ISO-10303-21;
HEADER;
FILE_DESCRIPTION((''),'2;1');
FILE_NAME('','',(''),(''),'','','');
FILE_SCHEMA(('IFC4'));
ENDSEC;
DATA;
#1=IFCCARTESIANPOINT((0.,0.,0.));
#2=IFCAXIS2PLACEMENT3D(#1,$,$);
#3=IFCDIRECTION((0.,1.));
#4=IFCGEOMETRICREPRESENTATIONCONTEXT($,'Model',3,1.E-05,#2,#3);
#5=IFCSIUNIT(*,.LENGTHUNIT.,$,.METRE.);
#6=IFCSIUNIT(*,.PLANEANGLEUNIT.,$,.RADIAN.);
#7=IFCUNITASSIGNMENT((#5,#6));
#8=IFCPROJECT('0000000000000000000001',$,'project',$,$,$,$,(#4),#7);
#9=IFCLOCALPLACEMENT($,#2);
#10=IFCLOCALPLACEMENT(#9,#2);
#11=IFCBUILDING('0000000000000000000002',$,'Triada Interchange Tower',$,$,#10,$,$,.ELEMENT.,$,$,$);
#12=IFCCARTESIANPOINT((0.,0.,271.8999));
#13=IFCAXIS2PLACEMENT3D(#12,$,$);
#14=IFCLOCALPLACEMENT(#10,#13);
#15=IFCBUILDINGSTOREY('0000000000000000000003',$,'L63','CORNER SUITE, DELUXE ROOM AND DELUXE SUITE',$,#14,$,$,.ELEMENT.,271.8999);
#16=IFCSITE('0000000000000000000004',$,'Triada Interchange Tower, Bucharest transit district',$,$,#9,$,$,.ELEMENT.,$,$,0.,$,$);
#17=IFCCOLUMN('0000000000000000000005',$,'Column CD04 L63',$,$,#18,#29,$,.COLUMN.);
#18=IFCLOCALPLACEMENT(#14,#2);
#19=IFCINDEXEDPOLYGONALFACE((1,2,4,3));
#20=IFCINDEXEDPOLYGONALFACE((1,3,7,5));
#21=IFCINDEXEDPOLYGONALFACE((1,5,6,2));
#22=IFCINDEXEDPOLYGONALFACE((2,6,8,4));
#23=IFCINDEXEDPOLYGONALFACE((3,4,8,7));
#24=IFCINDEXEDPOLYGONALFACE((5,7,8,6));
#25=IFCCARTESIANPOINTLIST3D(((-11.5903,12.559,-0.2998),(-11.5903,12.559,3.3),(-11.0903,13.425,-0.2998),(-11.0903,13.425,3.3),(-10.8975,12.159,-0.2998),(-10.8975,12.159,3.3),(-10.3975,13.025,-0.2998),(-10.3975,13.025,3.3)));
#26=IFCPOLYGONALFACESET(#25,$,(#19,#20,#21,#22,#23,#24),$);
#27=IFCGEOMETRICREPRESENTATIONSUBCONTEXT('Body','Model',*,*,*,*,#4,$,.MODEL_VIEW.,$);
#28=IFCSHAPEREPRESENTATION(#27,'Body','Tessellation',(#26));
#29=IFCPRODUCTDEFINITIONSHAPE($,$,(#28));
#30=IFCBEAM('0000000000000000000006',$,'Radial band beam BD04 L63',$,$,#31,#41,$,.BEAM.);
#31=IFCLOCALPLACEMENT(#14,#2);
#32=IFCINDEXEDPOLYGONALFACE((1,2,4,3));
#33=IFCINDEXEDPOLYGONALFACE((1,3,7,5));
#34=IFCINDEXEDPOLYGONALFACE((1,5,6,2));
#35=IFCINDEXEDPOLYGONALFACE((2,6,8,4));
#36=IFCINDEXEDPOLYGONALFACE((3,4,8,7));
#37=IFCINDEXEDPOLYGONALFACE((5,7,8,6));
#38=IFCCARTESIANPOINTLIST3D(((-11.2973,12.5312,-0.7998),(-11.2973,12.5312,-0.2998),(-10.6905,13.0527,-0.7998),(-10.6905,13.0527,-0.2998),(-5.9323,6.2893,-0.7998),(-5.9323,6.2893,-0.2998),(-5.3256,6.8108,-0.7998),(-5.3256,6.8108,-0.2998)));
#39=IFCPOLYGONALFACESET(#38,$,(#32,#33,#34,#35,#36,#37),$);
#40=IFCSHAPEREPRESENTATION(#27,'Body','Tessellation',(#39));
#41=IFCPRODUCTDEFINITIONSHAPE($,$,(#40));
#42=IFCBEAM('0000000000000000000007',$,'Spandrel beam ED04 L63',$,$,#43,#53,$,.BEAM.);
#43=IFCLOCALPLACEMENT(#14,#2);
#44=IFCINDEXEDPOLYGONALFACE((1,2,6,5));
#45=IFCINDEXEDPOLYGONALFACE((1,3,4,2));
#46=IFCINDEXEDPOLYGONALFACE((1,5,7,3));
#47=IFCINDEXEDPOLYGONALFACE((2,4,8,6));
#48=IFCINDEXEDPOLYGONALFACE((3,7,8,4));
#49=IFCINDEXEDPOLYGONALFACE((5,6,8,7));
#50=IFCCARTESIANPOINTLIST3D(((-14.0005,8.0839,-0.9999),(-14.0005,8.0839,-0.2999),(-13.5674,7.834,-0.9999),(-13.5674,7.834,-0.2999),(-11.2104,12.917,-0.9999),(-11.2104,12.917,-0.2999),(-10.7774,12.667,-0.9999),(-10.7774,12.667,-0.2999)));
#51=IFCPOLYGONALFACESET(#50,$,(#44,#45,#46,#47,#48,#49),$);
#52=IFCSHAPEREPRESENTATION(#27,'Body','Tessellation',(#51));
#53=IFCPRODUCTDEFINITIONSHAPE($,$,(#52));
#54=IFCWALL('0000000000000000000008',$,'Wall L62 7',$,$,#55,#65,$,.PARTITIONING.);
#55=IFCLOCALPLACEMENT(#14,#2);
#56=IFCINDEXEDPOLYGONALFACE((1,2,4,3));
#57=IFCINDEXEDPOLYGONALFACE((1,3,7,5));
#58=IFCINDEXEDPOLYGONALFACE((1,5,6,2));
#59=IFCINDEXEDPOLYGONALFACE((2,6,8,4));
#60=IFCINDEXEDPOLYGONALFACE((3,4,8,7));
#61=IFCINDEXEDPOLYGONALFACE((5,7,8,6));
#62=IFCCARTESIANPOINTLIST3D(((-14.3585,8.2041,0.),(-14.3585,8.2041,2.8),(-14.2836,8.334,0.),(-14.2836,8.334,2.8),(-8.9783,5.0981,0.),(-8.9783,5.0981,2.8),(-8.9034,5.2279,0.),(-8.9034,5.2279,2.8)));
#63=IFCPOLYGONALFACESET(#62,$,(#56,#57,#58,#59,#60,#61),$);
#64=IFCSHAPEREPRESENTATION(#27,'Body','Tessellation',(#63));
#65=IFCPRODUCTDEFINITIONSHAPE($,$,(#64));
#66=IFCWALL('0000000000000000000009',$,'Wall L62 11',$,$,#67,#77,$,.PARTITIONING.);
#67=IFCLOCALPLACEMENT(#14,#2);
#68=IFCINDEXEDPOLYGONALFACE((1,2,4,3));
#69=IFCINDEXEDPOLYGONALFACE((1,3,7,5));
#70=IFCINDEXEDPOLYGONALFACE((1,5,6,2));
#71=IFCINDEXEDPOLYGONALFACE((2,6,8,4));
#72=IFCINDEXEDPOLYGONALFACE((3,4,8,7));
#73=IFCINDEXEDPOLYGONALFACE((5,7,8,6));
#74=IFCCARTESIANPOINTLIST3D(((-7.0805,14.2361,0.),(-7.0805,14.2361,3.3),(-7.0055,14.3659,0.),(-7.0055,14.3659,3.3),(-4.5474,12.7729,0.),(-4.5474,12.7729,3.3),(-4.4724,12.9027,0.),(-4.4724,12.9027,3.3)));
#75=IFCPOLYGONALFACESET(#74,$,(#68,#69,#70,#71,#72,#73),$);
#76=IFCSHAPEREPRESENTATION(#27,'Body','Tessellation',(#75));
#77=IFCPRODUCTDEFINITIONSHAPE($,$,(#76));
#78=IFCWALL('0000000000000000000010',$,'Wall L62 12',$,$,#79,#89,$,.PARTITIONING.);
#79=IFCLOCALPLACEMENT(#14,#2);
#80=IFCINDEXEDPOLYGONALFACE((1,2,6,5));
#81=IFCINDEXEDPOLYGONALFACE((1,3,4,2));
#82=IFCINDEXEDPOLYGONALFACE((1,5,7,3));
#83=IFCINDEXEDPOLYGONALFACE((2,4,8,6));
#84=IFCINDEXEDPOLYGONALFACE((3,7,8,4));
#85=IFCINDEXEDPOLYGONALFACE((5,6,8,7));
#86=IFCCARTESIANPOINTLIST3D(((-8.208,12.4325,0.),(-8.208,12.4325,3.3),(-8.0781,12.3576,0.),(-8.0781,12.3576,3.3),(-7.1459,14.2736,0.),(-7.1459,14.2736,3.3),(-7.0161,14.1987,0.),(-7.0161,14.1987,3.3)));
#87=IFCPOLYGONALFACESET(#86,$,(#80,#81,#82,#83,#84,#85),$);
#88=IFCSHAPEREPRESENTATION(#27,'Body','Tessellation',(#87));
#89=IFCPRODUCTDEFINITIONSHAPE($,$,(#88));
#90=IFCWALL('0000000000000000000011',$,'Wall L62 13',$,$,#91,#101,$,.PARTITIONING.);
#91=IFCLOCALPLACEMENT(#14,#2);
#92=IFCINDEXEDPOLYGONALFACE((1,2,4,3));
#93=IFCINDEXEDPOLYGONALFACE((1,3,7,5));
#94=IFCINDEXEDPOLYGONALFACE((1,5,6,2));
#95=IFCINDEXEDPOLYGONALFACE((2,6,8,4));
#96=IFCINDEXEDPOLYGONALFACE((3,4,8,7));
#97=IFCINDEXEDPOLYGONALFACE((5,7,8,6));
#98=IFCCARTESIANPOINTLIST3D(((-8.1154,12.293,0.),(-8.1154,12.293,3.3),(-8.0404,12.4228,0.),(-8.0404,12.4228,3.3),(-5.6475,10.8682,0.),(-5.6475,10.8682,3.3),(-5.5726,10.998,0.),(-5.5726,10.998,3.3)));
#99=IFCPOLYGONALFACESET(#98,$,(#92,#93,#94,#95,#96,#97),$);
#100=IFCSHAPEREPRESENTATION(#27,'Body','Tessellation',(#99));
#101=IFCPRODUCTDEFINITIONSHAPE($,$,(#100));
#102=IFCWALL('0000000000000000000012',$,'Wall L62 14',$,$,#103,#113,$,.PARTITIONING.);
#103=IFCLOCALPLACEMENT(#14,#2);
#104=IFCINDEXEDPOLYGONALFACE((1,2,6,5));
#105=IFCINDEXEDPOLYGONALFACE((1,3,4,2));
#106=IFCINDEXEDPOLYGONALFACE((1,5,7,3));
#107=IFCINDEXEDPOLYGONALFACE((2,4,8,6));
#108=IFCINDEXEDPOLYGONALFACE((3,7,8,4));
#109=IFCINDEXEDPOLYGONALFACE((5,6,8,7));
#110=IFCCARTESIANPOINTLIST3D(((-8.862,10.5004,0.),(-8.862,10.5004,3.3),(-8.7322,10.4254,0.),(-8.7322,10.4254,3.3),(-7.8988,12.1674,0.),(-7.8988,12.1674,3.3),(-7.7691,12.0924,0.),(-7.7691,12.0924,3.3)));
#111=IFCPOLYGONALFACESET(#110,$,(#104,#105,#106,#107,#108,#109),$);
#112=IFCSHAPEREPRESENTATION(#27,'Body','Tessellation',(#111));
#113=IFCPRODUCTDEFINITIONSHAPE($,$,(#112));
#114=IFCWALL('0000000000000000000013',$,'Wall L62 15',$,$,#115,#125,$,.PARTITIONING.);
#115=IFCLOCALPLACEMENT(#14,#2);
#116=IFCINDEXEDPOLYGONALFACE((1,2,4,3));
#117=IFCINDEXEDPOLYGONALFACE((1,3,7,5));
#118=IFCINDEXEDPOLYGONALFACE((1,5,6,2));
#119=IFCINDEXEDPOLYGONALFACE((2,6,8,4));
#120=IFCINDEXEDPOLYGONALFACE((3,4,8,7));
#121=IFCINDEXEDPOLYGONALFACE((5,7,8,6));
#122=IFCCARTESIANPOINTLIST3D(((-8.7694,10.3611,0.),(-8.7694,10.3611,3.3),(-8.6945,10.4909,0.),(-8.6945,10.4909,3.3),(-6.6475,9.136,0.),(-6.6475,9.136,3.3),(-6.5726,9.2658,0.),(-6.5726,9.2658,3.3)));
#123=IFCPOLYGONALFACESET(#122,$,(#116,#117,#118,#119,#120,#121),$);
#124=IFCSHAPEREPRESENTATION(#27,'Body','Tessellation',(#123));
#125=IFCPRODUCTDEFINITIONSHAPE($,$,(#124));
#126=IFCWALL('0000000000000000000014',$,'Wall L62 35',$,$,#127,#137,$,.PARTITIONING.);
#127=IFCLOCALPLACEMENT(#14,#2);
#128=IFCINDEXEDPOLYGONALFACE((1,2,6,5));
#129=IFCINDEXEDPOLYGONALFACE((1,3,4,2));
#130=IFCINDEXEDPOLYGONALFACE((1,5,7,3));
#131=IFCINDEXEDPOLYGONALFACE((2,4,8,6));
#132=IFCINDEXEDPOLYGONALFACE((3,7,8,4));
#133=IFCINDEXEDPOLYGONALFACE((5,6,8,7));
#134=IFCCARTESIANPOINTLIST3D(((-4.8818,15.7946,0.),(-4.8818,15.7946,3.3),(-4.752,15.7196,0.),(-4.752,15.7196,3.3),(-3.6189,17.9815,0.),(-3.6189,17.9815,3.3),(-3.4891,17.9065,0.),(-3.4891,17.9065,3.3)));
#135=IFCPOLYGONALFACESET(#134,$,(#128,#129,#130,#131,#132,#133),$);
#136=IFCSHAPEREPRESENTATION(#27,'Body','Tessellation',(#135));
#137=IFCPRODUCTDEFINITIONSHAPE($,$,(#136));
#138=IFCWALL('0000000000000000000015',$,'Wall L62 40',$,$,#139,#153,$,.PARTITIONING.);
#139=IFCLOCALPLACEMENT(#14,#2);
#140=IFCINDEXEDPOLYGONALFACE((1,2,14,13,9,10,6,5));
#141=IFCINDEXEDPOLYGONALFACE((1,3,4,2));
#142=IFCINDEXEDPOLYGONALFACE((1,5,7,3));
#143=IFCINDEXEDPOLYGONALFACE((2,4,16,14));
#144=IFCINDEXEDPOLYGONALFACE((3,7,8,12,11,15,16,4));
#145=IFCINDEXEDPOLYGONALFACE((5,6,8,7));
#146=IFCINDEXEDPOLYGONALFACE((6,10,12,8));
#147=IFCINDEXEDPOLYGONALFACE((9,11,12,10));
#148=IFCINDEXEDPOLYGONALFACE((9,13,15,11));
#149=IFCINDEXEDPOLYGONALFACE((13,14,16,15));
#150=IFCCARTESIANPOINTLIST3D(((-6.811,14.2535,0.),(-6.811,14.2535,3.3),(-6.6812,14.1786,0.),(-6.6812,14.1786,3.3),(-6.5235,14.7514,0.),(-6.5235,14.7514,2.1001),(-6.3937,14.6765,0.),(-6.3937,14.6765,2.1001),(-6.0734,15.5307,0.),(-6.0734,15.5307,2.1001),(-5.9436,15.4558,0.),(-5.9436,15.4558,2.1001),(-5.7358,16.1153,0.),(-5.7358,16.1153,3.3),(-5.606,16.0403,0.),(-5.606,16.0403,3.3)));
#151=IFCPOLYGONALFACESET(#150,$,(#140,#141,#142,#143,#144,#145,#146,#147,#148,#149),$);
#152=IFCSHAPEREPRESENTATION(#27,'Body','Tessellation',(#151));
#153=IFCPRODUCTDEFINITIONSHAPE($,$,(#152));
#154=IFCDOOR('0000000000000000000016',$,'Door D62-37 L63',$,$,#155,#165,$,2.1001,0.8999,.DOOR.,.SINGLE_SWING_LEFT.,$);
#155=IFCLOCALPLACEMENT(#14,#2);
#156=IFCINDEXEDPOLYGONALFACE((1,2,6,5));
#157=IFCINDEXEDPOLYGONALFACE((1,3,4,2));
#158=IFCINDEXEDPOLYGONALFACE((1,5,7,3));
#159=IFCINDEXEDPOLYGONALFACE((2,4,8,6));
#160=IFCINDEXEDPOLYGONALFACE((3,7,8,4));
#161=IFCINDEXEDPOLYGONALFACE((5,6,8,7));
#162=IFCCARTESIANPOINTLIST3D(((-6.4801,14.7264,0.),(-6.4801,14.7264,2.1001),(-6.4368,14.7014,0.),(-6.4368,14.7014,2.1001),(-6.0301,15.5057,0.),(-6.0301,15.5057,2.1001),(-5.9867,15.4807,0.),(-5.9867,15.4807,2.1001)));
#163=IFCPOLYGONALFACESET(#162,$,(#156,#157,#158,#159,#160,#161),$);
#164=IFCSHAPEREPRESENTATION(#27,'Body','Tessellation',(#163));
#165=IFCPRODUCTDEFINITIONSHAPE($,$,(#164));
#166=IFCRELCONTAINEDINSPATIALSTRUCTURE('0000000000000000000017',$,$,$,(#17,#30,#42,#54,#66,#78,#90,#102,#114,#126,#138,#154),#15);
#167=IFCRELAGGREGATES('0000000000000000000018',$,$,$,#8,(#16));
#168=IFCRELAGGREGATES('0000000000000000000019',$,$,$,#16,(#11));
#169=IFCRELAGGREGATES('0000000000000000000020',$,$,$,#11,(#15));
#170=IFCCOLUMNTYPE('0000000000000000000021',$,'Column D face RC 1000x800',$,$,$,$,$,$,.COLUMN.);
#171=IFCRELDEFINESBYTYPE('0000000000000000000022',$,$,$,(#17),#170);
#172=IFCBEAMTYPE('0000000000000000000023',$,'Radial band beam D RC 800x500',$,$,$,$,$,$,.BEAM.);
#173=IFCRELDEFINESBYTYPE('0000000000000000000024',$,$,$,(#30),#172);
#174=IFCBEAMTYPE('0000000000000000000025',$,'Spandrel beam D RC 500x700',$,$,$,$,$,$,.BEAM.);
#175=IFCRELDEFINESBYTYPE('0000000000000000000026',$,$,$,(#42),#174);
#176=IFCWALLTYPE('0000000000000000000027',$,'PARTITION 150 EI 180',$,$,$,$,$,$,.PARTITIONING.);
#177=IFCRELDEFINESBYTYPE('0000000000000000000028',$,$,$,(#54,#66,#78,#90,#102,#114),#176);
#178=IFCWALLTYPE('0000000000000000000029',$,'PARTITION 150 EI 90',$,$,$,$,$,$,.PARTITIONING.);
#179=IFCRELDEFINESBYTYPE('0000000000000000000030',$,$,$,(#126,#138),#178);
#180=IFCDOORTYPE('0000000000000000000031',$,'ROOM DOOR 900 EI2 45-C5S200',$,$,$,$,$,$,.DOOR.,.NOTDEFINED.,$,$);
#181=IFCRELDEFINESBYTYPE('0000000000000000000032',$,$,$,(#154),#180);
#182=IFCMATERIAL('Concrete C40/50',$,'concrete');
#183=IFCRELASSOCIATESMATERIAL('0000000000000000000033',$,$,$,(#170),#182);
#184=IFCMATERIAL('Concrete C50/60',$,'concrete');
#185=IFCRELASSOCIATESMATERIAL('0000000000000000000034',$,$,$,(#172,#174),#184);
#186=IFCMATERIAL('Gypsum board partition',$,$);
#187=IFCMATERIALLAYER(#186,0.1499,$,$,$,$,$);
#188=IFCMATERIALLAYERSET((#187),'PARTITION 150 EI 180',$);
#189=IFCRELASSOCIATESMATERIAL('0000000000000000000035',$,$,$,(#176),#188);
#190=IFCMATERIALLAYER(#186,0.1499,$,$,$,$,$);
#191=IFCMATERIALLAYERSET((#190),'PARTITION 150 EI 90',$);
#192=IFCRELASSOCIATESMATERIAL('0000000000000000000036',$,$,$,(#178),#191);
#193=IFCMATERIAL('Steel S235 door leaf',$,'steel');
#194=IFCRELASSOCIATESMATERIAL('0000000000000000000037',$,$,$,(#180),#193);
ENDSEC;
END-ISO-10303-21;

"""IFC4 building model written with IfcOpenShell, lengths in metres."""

from ifc_helpers import new_model, si_unit, direction, frame, frame_2d, origin, origin_2d, place, context, subcontext, project, spatial, rectangle, extrude, material, layer, layer_set, material_profile, profile_set, type_object, element, fill, save


model = new_model("IFC4")

# Units and contexts
model_context = context("Model", 3, precision=1e-05, world=origin(), true_north=direction((0.0, 1.0)))
body_context = subcontext(model_context, "Body", "Model", "MODEL_VIEW")
ifc_project = project(units=[si_unit("LENGTHUNIT", "METRE"), si_unit("PLANEANGLEUNIT", "RADIAN")], contexts=[model_context])

# Site, building, storey
site_placement = place(None, origin())
site = spatial("IfcSite", under=ifc_project, at=site_placement, Name="Triada Interchange Tower, Bucharest transit district", CompositionType="ELEMENT", RefElevation=0.0)
building_placement = place(site_placement, origin())
building = spatial("IfcBuilding", under=site, at=building_placement, Name="Triada Interchange Tower", CompositionType="ELEMENT")
storey_placement = place(building_placement, frame((0.0, 0.0, 271.8999)))
storey = spatial("IfcBuildingStorey", under=building, at=storey_placement, Name="L63", Description="CORNER SUITE, DELUXE ROOM AND DELUXE SUITE", CompositionType="ELEMENT", Elevation=271.8999)

# Column
ifc_material_1 = material(Name="Concrete C40/50", Category="concrete")
ifc_material_profile_1 = material_profile(ifc_material_1, rectangle(XDim=1.0, YDim=0.8, at=origin_2d()), Name="RC 1000x800")
ifc_profile_set_1 = profile_set([ifc_material_profile_1], Name="Concrete C40/50")
column_type = type_object("IfcColumnType", Name="Column D face RC 1000x800", PredefinedType="COLUMN", material=ifc_profile_set_1)
column_placement = place(storey_placement, frame((-10.9939, 12.792, -0.2998), z_axis=(0.0, 0.0, 1.0), x_axis=(0.5, 0.866025, 0.0)))
element("IfcColumn", 1, at=column_placement, inside=storey, type_object=column_type, Name="Column CD04 L63", PredefinedType="COLUMN", context=body_context, shape_type="SweptSolid", body=[
    extrude(rectangle(XDim=1.0, YDim=0.8, at=origin_2d()), origin(), (0.0, 0.0, 1.0), 3.5999),
])

# Beams
ifc_material_2 = material(Name="Concrete C50/60", Category="concrete")
ifc_material_profile_2 = material_profile(ifc_material_2, rectangle(XDim=0.8, YDim=0.5, at=origin_2d()), Name="RC 800x500")
ifc_profile_set_2 = profile_set([ifc_material_profile_2], Name="Concrete C50/60")
beam_type_1 = type_object("IfcBeamType", Name="Radial band beam D RC 800x500", PredefinedType="BEAM", material=ifc_profile_set_2)
beam_1_placement = place(storey_placement, frame((-10.9939, 12.792, -0.5498), z_axis=(0.651824, -0.75837, 0.0), x_axis=(0.75837, 0.651824, 0.0)))
element("IfcBeam", 2, at=beam_1_placement, inside=storey, type_object=beam_type_1, Name="Radial band beam BD04 L63", PredefinedType="BEAM", context=body_context, shape_type="SweptSolid", body=[
    extrude(rectangle(XDim=0.8, YDim=0.5, at=origin_2d()), origin(), (0.0, 0.0, 1.0), 8.2307),
])
ifc_material_profile_3 = material_profile(ifc_material_2, rectangle(XDim=0.5, YDim=0.7, at=origin_2d()), Name="RC 500x700")
ifc_profile_set_3 = profile_set([ifc_material_profile_3], Name="Concrete C50/60")
beam_type_2 = type_object("IfcBeamType", Name="Spandrel beam D RC 500x700", PredefinedType="BEAM", material=ifc_profile_set_3)
beam_2_placement = place(storey_placement, frame((-10.9939, 12.792, -0.6499), z_axis=(-0.49996, -0.866049, 0.0), x_axis=(0.866049, -0.49996, 0.0)))
element("IfcBeam", 3, at=beam_2_placement, inside=storey, type_object=beam_type_2, Name="Spandrel beam ED04 L63", PredefinedType="BEAM", context=body_context, shape_type="SweptSolid", body=[
    extrude(rectangle(XDim=0.5, YDim=0.7, at=origin_2d()), origin(), (0.0, 0.0, 1.0), 5.5806),
])

# Shared definitions
ifc_material_3 = material(Name="Steel S235 door leaf", Category="steel")

# Walls
ifc_material_4 = material(Name="Gypsum board partition")
ifc_layer_1 = layer(ifc_material_4, 0.1499)
ifc_layer_set_1 = layer_set([ifc_layer_1], Name="PARTITION 150 EI 180")
wall_type_1 = type_object("IfcWallType", Name="PARTITION 150 EI 180", PredefinedType="PARTITIONING", material=ifc_layer_set_1)
wall_1_placement = place(storey_placement, frame((-14.321, 8.269, 0.0), z_axis=(0.0, 0.0, 1.0), x_axis=(0.866044, -0.499969, 0.0)))
element("IfcWall", 4, at=wall_1_placement, inside=storey, type_object=wall_type_1, Name="Wall L62 7", PredefinedType="PARTITIONING", context=body_context, shape_type="SweptSolid", body=[
    extrude(rectangle(XDim=6.2124, YDim=0.1499, at=frame_2d((3.1062, 0.0))), origin(), (0.0, 0.0, 1.0), 2.8),
])
wall_2_placement = place(storey_placement, frame((-7.043, 14.301, 0.0), z_axis=(0.0, 0.0, 1.0), x_axis=(0.865917, -0.500187, 0.0)))
element("IfcWall", 5, at=wall_2_placement, inside=storey, type_object=wall_type_1, Name="Wall L62 11", PredefinedType="PARTITIONING", context=body_context, shape_type="SweptSolid", body=[
    extrude(rectangle(XDim=2.9253, YDim=0.1499, at=frame_2d((1.4626, 0.0))), origin(), (0.0, 0.0, 1.0), 3.3),
])
wall_3_placement = place(storey_placement, frame((-8.1431, 12.395, 0.0), z_axis=(0.0, 0.0, 1.0), x_axis=(0.499673, 0.866214, 0.0)))
element("IfcWall", 6, at=wall_3_placement, inside=storey, type_object=wall_type_1, Name="Wall L62 12", PredefinedType="PARTITIONING", context=body_context, shape_type="SweptSolid", body=[
    extrude(rectangle(XDim=2.1255, YDim=0.1499, at=frame_2d((1.0627, 0.0))), origin(), (0.0, 0.0, 1.0), 3.3),
])
wall_4_placement = place(storey_placement, frame((-8.0779, 12.3579, 0.0), z_axis=(0.0, 0.0, 1.0), x_axis=(0.86602, -0.500009, 0.0)))
element("IfcWall", 7, at=wall_4_placement, inside=storey, type_object=wall_type_1, Name="Wall L62 13", PredefinedType="PARTITIONING", context=body_context, shape_type="SweptSolid", body=[
    extrude(rectangle(XDim=2.8496, YDim=0.1499, at=frame_2d((1.4248, 0.0))), origin(), (0.0, 0.0, 1.0), 3.3),
])
wall_5_placement = place(storey_placement, frame((-8.7971, 10.4629, 0.0), z_axis=(0.0, 0.0, 1.0), x_axis=(0.500271, 0.865869, 0.0)))
element("IfcWall", 8, at=wall_5_placement, inside=storey, type_object=wall_type_1, Name="Wall L62 14", PredefinedType="PARTITIONING", context=body_context, shape_type="SweptSolid", body=[
    extrude(rectangle(XDim=1.9253, YDim=0.1499, at=frame_2d((0.9626, 0.0))), origin(), (0.0, 0.0, 1.0), 3.3),
])
wall_6_placement = place(storey_placement, frame((-8.7319, 10.426, 0.0), z_axis=(0.0, 0.0, 1.0), x_axis=(0.866015, -0.500019, 0.0)))
element("IfcWall", 9, at=wall_6_placement, inside=storey, type_object=wall_type_1, Name="Wall L62 15", PredefinedType="PARTITIONING", context=body_context, shape_type="SweptSolid", body=[
    extrude(rectangle(XDim=2.4502, YDim=0.1499, at=frame_2d((1.2251, 0.0))), origin(), (0.0, 0.0, 1.0), 3.3),
])
ifc_layer_2 = layer(ifc_material_4, 0.1499)
ifc_layer_set_2 = layer_set([ifc_layer_2], Name="PARTITION 150 EI 90")
wall_type_2 = type_object("IfcWallType", Name="PARTITION 150 EI 90", PredefinedType="PARTITIONING", material=ifc_layer_set_2)
wall_7_placement = place(storey_placement, frame((-4.8169, 15.7571, 0.0), z_axis=(0.0, 0.0, 1.0), x_axis=(0.500079, 0.86598, 0.0)))
element("IfcWall", 10, at=wall_7_placement, inside=storey, type_object=wall_type_2, Name="Wall L62 35", PredefinedType="PARTITIONING", context=body_context, shape_type="SweptSolid", body=[
    extrude(rectangle(XDim=2.5254, YDim=0.1499, at=frame_2d((1.2627, 0.0))), origin(), (0.0, 0.0, 1.0), 3.3),
])

# Wall, opening, door
wall_8_placement = place(storey_placement, frame((-6.7461, 14.2161, 0.0), z_axis=(0.0, 0.0, 1.0), x_axis=(0.500096, 0.86597, 0.0)))
wall_8 = element("IfcWall", 11, at=wall_8_placement, inside=storey, type_object=wall_type_2, Name="Wall L62 40", PredefinedType="PARTITIONING", context=body_context, shape_type="SweptSolid", body=[
    extrude(rectangle(XDim=2.1499, YDim=0.1499, at=frame_2d((1.075, 0.0))), origin(), (0.0, 0.0, 1.0), 3.3),
])
opening_1_placement = place(wall_8_placement, frame((0.575, 0.0, 0.0)))
opening_1 = element("IfcOpeningElement", 12, at=opening_1_placement, cuts=wall_8, PredefinedType="OPENING", context=body_context, shape_type="SweptSolid", body=[
    extrude(rectangle(XDim=0.8999, YDim=2.1001, at=frame_2d((0.45, 1.05))), frame((0.0, 0.085, 0.0), z_axis=(0.0, -1.0, 0.0), x_axis=(1.0, 0.0, 0.0)), (0.0, 0.0, 1.0), 0.1699),
])
door_type_1 = type_object("IfcDoorType", Name="ROOM DOOR 900 EI2 45-C5S200", OperationType="NOTDEFINED", PredefinedType="DOOR", material=ifc_material_3)
door_1_placement = place(opening_1_placement, origin())
door_1 = element("IfcDoor", 13, at=door_1_placement, inside=storey, type_object=door_type_1, Name="Door D62-37 L63", OperationType="SINGLE_SWING_LEFT", OverallHeight=2.1001, OverallWidth=0.8999, PredefinedType="DOOR", context=body_context, shape_type="SweptSolid", body=[
    extrude(rectangle(XDim=0.8999, YDim=2.1001, at=frame_2d((0.45, 1.05))), frame((0.0, 0.0249, 0.0), z_axis=(0.0, -1.0, 0.0), x_axis=(1.0, 0.0, 0.0)), (0.0, 0.0, 1.0), 0.05),
])
fill(opening_1, door_1)

save(model, "model.ifc")
